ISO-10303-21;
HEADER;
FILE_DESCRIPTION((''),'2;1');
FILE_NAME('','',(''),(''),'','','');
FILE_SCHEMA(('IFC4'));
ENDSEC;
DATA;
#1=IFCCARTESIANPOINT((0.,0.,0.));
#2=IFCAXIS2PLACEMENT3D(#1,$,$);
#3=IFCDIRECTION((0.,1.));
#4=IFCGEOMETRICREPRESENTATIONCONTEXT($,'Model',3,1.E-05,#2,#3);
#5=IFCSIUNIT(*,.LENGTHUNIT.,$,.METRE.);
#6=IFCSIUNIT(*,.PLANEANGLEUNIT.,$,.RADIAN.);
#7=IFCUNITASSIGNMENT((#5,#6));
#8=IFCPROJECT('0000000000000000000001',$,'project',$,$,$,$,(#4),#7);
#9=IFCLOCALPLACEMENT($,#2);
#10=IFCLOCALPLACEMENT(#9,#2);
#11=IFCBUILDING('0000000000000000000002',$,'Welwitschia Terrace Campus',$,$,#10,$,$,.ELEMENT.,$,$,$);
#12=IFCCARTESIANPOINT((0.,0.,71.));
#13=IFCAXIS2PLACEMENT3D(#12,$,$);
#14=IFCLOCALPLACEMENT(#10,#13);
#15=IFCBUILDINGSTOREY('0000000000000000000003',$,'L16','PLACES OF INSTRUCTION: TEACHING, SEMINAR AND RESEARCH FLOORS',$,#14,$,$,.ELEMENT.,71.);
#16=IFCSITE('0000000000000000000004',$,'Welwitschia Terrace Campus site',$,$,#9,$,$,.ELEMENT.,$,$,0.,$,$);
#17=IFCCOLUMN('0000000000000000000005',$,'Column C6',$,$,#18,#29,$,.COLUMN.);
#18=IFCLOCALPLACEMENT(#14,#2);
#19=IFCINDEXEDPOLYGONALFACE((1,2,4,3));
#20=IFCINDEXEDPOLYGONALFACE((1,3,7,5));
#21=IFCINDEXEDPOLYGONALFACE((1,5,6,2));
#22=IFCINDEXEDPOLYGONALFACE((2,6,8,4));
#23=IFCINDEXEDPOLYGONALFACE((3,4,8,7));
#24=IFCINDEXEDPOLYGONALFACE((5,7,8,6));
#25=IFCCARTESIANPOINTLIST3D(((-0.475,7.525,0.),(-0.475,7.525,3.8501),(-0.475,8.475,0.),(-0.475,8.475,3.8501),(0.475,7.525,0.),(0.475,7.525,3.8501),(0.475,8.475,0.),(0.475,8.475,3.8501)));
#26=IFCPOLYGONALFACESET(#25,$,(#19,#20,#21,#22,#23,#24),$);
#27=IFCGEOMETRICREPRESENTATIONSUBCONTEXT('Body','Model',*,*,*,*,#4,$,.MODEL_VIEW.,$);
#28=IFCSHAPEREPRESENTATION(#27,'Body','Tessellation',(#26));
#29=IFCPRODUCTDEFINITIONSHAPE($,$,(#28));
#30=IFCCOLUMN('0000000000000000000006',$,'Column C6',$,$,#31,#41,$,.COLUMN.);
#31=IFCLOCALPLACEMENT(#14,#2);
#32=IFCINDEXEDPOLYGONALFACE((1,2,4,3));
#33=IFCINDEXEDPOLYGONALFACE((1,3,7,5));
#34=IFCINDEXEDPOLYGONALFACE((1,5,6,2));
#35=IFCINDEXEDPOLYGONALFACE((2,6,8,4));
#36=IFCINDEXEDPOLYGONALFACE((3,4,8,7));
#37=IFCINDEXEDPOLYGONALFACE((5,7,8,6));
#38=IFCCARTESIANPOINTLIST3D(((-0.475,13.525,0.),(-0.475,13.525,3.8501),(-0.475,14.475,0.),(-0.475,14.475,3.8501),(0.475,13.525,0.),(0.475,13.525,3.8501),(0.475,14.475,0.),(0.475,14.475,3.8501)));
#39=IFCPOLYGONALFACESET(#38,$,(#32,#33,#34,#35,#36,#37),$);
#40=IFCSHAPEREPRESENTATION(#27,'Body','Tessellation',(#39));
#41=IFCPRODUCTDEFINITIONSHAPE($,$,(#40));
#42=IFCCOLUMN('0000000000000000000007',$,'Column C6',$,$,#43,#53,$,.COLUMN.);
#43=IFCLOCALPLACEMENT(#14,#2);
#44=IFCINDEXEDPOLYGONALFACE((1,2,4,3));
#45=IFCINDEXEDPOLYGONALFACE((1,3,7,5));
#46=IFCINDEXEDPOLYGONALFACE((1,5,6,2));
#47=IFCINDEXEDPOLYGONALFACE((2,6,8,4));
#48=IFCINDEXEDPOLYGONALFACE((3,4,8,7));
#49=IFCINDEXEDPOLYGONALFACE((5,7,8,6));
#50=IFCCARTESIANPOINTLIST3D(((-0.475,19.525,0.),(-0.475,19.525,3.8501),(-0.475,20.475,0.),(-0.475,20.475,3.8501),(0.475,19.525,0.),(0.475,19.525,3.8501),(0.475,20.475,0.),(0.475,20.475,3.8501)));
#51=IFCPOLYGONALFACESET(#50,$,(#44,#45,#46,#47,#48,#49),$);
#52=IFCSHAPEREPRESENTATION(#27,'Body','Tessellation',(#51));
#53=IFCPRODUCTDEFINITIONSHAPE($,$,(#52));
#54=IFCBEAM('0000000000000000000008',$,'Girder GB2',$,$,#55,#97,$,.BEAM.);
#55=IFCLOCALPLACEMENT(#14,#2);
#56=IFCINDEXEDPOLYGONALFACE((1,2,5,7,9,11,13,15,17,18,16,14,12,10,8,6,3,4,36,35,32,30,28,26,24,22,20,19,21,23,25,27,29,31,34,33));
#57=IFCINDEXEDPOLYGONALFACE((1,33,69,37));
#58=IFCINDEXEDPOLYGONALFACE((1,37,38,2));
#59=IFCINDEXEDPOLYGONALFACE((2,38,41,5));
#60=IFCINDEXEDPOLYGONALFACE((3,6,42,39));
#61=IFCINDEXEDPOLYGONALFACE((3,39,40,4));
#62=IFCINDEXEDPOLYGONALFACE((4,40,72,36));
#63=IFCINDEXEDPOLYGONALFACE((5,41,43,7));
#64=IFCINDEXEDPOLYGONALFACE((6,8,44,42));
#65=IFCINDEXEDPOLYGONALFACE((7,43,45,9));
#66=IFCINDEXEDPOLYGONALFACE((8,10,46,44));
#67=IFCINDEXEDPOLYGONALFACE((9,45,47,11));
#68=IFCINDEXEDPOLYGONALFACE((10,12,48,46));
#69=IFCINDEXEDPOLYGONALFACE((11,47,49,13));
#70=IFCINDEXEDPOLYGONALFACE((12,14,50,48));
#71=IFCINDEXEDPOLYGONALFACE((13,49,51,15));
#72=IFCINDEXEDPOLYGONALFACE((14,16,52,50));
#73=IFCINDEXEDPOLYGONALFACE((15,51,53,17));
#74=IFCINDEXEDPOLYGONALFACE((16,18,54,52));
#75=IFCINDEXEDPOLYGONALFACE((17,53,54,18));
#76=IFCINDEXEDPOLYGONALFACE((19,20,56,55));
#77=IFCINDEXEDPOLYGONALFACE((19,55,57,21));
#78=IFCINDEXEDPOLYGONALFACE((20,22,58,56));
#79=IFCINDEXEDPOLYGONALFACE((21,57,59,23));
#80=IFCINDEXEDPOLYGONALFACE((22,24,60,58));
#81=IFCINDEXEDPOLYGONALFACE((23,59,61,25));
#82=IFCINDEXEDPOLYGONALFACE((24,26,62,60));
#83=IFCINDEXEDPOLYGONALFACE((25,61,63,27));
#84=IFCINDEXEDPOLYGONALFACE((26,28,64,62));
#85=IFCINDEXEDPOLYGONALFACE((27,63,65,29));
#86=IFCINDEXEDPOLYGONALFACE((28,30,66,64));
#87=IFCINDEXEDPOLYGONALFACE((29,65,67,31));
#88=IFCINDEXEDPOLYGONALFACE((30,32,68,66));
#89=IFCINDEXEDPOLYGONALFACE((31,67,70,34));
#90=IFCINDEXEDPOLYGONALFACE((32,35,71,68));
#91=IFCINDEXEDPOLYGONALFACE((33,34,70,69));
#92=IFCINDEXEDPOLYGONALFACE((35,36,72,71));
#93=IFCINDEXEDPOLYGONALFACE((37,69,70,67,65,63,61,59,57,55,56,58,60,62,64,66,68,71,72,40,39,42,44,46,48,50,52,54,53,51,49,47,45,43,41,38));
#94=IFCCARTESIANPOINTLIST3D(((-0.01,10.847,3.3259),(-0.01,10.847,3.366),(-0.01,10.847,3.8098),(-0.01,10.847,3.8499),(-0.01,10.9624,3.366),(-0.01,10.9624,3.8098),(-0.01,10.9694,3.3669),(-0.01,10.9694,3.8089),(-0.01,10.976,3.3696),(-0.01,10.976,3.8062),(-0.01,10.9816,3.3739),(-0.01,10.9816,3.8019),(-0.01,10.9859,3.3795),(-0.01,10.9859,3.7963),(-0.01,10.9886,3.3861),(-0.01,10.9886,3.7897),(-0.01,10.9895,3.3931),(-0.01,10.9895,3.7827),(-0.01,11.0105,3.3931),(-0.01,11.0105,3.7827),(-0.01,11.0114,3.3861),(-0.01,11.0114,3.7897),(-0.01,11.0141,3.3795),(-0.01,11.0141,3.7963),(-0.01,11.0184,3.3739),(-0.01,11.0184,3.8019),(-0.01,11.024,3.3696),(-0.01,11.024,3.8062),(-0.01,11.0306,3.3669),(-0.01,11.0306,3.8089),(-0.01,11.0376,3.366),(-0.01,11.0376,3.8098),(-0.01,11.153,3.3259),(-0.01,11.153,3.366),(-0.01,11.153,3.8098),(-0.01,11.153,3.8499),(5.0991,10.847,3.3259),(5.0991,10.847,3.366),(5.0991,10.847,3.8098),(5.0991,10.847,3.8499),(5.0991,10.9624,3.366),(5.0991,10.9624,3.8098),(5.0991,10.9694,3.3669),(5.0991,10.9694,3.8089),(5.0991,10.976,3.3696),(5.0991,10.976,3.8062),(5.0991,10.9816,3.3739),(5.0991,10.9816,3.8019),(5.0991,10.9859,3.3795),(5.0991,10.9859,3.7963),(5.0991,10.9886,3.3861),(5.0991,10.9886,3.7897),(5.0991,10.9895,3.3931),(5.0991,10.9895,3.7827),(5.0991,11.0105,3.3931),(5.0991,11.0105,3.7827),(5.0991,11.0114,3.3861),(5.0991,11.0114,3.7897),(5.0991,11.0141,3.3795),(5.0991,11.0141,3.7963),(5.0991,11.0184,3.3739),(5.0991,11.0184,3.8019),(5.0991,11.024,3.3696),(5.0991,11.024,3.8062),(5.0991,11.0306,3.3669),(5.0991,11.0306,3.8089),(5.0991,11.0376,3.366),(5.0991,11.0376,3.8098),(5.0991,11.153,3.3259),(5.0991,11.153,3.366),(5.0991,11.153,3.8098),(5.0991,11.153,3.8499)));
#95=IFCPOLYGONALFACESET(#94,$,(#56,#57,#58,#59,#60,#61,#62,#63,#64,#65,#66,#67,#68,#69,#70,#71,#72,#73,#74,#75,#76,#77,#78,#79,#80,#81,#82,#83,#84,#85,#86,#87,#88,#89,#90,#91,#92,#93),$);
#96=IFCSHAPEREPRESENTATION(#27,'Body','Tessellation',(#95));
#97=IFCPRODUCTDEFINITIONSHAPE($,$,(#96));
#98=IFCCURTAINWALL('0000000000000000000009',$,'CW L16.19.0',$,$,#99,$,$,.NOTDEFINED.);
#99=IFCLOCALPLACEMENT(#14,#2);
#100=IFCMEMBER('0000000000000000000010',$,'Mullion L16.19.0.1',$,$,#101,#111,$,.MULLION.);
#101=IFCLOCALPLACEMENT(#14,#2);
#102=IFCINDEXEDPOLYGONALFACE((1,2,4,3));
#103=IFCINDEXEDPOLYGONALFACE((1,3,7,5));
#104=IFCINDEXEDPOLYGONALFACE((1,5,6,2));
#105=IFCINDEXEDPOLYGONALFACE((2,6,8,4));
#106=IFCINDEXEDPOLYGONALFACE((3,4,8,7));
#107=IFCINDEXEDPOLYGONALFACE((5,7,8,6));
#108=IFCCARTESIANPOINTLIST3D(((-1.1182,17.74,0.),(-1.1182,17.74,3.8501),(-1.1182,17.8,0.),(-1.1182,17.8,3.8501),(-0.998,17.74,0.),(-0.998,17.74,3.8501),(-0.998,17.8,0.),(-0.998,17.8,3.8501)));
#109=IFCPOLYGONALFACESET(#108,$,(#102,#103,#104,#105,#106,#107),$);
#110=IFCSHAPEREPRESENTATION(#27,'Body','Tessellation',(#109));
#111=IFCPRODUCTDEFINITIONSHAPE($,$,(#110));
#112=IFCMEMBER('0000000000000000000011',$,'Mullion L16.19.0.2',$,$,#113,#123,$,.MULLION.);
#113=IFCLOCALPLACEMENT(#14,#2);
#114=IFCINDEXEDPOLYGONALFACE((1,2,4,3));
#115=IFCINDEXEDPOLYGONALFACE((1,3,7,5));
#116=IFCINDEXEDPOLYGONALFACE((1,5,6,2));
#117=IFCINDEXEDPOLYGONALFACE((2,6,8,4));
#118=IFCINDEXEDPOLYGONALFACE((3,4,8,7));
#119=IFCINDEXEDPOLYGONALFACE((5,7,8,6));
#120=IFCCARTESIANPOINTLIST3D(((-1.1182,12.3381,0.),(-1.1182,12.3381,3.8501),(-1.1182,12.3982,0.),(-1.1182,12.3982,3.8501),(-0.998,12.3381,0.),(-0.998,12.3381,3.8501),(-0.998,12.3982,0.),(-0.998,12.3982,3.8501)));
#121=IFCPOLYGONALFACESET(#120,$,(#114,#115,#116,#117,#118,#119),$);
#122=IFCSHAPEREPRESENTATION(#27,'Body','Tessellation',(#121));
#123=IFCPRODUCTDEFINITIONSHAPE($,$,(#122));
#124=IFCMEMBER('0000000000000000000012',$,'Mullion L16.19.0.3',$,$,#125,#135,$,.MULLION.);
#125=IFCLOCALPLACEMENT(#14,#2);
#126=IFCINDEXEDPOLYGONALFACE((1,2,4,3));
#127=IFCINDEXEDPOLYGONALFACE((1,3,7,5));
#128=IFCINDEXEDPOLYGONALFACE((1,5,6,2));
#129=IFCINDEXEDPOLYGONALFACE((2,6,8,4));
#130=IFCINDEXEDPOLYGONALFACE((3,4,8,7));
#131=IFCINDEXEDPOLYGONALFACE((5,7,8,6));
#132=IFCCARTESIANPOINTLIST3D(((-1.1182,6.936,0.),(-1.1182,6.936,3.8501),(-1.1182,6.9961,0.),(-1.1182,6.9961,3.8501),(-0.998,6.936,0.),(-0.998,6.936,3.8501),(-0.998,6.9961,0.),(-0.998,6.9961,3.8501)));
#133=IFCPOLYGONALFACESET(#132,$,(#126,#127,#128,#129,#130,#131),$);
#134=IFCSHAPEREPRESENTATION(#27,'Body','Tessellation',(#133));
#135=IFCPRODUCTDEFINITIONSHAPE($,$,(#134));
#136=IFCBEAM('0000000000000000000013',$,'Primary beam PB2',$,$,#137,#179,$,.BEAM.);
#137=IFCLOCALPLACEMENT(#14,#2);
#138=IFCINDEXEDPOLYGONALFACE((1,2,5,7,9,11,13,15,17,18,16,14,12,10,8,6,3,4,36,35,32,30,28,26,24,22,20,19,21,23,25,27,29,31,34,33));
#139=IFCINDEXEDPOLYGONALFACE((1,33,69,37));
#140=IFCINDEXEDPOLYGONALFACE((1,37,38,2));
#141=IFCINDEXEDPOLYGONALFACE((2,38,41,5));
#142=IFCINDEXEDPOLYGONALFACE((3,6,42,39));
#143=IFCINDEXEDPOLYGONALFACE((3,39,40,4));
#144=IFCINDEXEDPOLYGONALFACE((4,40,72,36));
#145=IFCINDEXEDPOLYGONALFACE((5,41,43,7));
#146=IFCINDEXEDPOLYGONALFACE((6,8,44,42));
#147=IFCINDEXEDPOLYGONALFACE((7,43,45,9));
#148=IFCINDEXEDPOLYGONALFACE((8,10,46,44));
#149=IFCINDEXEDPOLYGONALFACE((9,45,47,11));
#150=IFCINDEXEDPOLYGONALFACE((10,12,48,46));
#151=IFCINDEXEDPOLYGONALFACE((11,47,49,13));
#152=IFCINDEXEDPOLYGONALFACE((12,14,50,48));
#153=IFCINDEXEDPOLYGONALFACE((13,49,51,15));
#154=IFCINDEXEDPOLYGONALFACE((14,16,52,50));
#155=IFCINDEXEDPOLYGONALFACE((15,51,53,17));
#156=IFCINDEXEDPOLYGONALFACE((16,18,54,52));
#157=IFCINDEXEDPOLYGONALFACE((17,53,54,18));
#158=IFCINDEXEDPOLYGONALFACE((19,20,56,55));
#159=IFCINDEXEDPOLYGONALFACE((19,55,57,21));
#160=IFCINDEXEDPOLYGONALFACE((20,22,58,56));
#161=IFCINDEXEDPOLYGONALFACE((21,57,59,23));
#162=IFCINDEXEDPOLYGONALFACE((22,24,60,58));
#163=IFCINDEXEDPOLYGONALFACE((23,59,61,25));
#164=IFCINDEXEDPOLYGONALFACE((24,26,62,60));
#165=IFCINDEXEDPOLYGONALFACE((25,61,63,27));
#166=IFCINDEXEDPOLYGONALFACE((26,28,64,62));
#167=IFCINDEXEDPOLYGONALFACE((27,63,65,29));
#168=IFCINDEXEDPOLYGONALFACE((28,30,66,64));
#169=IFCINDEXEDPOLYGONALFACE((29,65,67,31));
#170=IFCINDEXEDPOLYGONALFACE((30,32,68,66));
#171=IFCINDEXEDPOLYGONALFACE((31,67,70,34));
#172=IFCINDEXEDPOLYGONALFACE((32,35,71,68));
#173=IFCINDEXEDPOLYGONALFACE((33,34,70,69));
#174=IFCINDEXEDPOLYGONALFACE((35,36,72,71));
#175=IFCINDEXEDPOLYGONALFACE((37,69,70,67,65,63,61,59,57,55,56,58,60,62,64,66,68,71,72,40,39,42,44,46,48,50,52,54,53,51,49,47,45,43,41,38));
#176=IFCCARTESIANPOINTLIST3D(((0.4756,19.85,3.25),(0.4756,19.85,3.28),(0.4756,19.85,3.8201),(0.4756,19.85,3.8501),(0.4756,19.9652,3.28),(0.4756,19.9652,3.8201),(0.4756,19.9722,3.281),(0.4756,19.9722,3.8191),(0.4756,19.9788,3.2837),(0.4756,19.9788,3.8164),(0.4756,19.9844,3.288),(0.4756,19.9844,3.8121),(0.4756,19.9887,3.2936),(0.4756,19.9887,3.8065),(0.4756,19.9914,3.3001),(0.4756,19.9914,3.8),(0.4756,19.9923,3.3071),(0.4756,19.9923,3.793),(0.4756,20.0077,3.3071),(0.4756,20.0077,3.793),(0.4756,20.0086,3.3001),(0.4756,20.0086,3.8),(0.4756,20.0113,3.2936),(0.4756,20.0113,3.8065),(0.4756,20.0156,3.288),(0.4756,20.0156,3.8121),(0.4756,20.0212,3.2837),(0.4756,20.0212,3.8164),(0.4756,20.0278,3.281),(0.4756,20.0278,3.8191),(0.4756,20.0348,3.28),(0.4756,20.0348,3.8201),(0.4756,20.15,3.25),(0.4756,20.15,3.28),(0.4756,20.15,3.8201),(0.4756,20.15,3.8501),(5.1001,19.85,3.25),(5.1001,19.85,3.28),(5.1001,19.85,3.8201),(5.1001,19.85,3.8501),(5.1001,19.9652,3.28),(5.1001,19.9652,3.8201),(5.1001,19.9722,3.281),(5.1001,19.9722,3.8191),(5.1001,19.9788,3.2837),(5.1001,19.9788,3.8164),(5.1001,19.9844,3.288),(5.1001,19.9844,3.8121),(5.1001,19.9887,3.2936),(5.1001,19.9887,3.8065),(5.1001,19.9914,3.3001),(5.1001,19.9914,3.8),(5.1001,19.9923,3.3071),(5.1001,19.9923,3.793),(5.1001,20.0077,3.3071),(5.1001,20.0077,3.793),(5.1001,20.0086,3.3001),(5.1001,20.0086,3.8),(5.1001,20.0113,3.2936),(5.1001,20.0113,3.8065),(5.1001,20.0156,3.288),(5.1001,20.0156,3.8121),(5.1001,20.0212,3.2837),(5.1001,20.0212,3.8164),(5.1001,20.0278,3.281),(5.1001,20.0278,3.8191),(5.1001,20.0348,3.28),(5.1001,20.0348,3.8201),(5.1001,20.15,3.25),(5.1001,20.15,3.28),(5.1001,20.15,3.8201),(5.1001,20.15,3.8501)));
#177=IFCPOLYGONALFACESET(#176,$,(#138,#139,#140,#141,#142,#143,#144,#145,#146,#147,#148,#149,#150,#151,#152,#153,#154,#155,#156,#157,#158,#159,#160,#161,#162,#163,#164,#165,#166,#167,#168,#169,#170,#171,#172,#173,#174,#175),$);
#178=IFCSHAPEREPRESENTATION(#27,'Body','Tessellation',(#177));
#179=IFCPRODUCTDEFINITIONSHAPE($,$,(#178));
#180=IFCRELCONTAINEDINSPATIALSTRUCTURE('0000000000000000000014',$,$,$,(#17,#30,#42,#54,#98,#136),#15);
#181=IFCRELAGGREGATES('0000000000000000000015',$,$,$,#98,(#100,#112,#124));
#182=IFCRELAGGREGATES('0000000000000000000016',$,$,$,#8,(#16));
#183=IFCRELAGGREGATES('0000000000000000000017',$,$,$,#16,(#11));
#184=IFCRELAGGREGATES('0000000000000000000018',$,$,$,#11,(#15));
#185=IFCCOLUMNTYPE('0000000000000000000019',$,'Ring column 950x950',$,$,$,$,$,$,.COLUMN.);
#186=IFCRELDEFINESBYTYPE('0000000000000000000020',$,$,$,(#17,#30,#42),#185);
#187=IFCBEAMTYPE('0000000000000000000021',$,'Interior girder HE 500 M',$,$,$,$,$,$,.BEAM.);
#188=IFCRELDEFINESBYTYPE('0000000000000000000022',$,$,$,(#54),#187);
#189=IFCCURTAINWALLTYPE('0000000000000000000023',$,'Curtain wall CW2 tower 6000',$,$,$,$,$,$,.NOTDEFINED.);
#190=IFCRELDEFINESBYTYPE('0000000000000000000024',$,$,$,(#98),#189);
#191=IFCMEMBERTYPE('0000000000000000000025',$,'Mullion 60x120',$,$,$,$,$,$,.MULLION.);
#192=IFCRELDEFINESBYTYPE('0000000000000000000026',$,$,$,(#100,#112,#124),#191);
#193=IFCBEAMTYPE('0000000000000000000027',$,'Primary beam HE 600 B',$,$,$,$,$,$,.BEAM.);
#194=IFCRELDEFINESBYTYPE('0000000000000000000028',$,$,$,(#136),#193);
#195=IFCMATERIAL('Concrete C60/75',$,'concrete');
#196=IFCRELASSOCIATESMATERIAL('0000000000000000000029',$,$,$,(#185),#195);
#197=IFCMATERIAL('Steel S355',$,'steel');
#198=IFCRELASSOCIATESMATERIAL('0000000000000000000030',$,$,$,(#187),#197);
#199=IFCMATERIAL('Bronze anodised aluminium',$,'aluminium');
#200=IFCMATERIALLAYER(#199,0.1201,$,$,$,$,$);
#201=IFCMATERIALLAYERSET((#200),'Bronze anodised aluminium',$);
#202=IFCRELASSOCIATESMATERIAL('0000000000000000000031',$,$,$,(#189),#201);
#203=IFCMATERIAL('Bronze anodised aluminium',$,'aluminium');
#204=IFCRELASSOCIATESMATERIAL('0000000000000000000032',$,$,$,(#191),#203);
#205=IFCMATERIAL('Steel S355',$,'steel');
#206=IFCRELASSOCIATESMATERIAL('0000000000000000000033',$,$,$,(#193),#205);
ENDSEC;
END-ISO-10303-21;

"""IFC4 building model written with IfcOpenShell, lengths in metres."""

from ifc_helpers import new_model, si_unit, direction, frame, origin, origin_2d, place, context, subcontext, project, spatial, rectangle, i_section, extrude, material, layer, layer_set, material_profile, profile_set, type_object, element, aggregate, save


model = new_model("IFC4")

# Units and contexts
model_context = context("Model", 3, precision=1e-05, world=origin(), true_north=direction((0.0, 1.0)))
body_context = subcontext(model_context, "Body", "Model", "MODEL_VIEW")
ifc_project = project(units=[si_unit("LENGTHUNIT", "METRE"), si_unit("PLANEANGLEUNIT", "RADIAN")], contexts=[model_context])

# Site, building, storey
site_placement = place(None, origin())
site = spatial("IfcSite", under=ifc_project, at=site_placement, Name="Welwitschia Terrace Campus site", CompositionType="ELEMENT", RefElevation=0.0)
building_placement = place(site_placement, origin())
building = spatial("IfcBuilding", under=site, at=building_placement, Name="Welwitschia Terrace Campus", CompositionType="ELEMENT")
storey_placement = place(building_placement, frame((0.0, 0.0, 71.0)))
storey = spatial("IfcBuildingStorey", under=building, at=storey_placement, Name="L16", Description="PLACES OF INSTRUCTION: TEACHING, SEMINAR AND RESEARCH FLOORS", CompositionType="ELEMENT", Elevation=71.0)

# Columns
ifc_material_1 = material(Name="Concrete C60/75", Category="concrete")
ifc_material_profile_1 = material_profile(ifc_material_1, rectangle(XDim=0.95, YDim=0.95, at=origin_2d()))
ifc_profile_set_1 = profile_set([ifc_material_profile_1], Name="Concrete C60/75")
column_type = type_object("IfcColumnType", Name="Ring column 950x950", PredefinedType="COLUMN", material=ifc_profile_set_1)
for number, where, z_axis, x_axis, name in (
    (1, (0.0, 8.0, 0.0), (0.0, 0.0, 1.0), (1.0, 0.0, 0.0), "Column C6"),
    (2, (0.0, 14.0, 0.0), (0.0, 0.0, 1.0), (1.0, 0.0, 0.0), "Column C6"),
    (3, (0.0, 20.0, 0.0), (0.0, 0.0, 1.0), (1.0, 0.0, 0.0), "Column C6"),
):
    element("IfcColumn", number, at=place(storey_placement, frame(where, z_axis=z_axis, x_axis=x_axis)), inside=storey, type_object=column_type, Name=name, PredefinedType="COLUMN", context=body_context, shape_type="SweptSolid", body=[
        extrude(rectangle(XDim=0.95, YDim=0.95, at=origin_2d()), origin(), (0.0, 0.0, 1.0), 3.8501),
    ])

# Beam
ifc_material_2 = material(Name="Steel S355", Category="steel")
ifc_material_profile_2 = material_profile(ifc_material_2, i_section(OverallWidth=0.3059, OverallDepth=0.5239, WebThickness=0.021, FlangeThickness=0.04, FilletRadius=0.0271, at=origin_2d()))
ifc_profile_set_2 = profile_set([ifc_material_profile_2], Name="Steel S355")
beam_type_1 = type_object("IfcBeamType", Name="Interior girder HE 500 M", PredefinedType="BEAM", material=ifc_profile_set_2)
beam_1_placement = place(storey_placement, frame((-0.01, 11.0, 3.5879), z_axis=(1.0, 0.0, 0.0), x_axis=(0.0, 1.0, 0.0)))
element("IfcBeam", 4, at=beam_1_placement, inside=storey, type_object=beam_type_1, Name="Girder GB2", PredefinedType="BEAM", context=body_context, shape_type="SweptSolid", body=[
    extrude(i_section(OverallWidth=0.3059, OverallDepth=0.5239, WebThickness=0.021, FlangeThickness=0.04, FilletRadius=0.0271, at=origin_2d()), origin(), (0.0, 0.0, 1.0), 5.1091),
])

# Curtain wall, members
ifc_material_3 = material(Name="Bronze anodised aluminium", Category="aluminium")
ifc_layer_1 = layer(ifc_material_3, 0.1201)
ifc_layer_set_1 = layer_set([ifc_layer_1], Name="Bronze anodised aluminium")
curtain_wall_type = type_object("IfcCurtainWallType", Name="Curtain wall CW2 tower 6000", PredefinedType="NOTDEFINED", material=ifc_layer_set_1)
curtain_wall_placement = place(storey_placement, origin())
curtain_wall = element("IfcCurtainWall", 5, at=curtain_wall_placement, inside=storey, type_object=curtain_wall_type, Name="CW L16.19.0", PredefinedType="NOTDEFINED")
ifc_material_4 = material(Name="Bronze anodised aluminium", Category="aluminium")
ifc_material_profile_3 = material_profile(ifc_material_4, rectangle(XDim=0.1201, YDim=0.0601, at=origin_2d()))
ifc_profile_set_3 = profile_set([ifc_material_profile_3], Name="Bronze anodised aluminium")
member_type_1 = type_object("IfcMemberType", Name="Mullion 60x120", PredefinedType="MULLION", material=ifc_profile_set_3)
member_1_placement = place(storey_placement, frame((-1.0581, 17.77, 0.0), z_axis=(0.0, 0.0, 1.0), x_axis=(1.0, 0.0, 0.0)))
member_1 = element("IfcMember", 6, at=member_1_placement, type_object=member_type_1, Name="Mullion L16.19.0.1", PredefinedType="MULLION", context=body_context, shape_type="SweptSolid", body=[
    extrude(rectangle(XDim=0.1201, YDim=0.0601, at=origin_2d()), origin(), (0.0, 0.0, 1.0), 3.8501),
])
member_2_placement = place(storey_placement, frame((-1.0581, 12.3682, 0.0), z_axis=(0.0, 0.0, 1.0), x_axis=(1.0, 0.0, 0.0)))
member_2 = element("IfcMember", 7, at=member_2_placement, type_object=member_type_1, Name="Mullion L16.19.0.2", PredefinedType="MULLION", context=body_context, shape_type="SweptSolid", body=[
    extrude(rectangle(XDim=0.1201, YDim=0.0601, at=origin_2d()), origin(), (0.0, 0.0, 1.0), 3.8501),
])
member_3_placement = place(storey_placement, frame((-1.0581, 6.9661, 0.0), z_axis=(0.0, 0.0, 1.0), x_axis=(1.0, 0.0, 0.0)))
member_3 = element("IfcMember", 8, at=member_3_placement, type_object=member_type_1, Name="Mullion L16.19.0.3", PredefinedType="MULLION", context=body_context, shape_type="SweptSolid", body=[
    extrude(rectangle(XDim=0.1201, YDim=0.0601, at=origin_2d()), origin(), (0.0, 0.0, 1.0), 3.8501),
])

# Beam
ifc_material_5 = material(Name="Steel S355", Category="steel")
ifc_material_profile_4 = material_profile(ifc_material_5, i_section(OverallWidth=0.3, OverallDepth=0.6001, WebThickness=0.0154, FlangeThickness=0.03, FilletRadius=0.0271, at=origin_2d()))
ifc_profile_set_4 = profile_set([ifc_material_profile_4], Name="Steel S355")
beam_type_2 = type_object("IfcBeamType", Name="Primary beam HE 600 B", PredefinedType="BEAM", material=ifc_profile_set_4)
for number, where, z_axis, x_axis, name in (
    (9, (0.4756, 20.0, 3.55), (1.0, 0.0, 0.0), (0.0, 1.0, 0.0), "Primary beam PB2"),
):
    element("IfcBeam", number, at=place(storey_placement, frame(where, z_axis=z_axis, x_axis=x_axis)), inside=storey, type_object=beam_type_2, Name=name, PredefinedType="BEAM", context=body_context, shape_type="SweptSolid", body=[
        extrude(i_section(OverallWidth=0.3, OverallDepth=0.6001, WebThickness=0.0154, FlangeThickness=0.03, FilletRadius=0.0271, at=origin_2d()), origin(), (0.0, 0.0, 1.0), 4.6245),
    ])

aggregate(curtain_wall, [member_1, member_2, member_3])

save(model, "model.ifc")
